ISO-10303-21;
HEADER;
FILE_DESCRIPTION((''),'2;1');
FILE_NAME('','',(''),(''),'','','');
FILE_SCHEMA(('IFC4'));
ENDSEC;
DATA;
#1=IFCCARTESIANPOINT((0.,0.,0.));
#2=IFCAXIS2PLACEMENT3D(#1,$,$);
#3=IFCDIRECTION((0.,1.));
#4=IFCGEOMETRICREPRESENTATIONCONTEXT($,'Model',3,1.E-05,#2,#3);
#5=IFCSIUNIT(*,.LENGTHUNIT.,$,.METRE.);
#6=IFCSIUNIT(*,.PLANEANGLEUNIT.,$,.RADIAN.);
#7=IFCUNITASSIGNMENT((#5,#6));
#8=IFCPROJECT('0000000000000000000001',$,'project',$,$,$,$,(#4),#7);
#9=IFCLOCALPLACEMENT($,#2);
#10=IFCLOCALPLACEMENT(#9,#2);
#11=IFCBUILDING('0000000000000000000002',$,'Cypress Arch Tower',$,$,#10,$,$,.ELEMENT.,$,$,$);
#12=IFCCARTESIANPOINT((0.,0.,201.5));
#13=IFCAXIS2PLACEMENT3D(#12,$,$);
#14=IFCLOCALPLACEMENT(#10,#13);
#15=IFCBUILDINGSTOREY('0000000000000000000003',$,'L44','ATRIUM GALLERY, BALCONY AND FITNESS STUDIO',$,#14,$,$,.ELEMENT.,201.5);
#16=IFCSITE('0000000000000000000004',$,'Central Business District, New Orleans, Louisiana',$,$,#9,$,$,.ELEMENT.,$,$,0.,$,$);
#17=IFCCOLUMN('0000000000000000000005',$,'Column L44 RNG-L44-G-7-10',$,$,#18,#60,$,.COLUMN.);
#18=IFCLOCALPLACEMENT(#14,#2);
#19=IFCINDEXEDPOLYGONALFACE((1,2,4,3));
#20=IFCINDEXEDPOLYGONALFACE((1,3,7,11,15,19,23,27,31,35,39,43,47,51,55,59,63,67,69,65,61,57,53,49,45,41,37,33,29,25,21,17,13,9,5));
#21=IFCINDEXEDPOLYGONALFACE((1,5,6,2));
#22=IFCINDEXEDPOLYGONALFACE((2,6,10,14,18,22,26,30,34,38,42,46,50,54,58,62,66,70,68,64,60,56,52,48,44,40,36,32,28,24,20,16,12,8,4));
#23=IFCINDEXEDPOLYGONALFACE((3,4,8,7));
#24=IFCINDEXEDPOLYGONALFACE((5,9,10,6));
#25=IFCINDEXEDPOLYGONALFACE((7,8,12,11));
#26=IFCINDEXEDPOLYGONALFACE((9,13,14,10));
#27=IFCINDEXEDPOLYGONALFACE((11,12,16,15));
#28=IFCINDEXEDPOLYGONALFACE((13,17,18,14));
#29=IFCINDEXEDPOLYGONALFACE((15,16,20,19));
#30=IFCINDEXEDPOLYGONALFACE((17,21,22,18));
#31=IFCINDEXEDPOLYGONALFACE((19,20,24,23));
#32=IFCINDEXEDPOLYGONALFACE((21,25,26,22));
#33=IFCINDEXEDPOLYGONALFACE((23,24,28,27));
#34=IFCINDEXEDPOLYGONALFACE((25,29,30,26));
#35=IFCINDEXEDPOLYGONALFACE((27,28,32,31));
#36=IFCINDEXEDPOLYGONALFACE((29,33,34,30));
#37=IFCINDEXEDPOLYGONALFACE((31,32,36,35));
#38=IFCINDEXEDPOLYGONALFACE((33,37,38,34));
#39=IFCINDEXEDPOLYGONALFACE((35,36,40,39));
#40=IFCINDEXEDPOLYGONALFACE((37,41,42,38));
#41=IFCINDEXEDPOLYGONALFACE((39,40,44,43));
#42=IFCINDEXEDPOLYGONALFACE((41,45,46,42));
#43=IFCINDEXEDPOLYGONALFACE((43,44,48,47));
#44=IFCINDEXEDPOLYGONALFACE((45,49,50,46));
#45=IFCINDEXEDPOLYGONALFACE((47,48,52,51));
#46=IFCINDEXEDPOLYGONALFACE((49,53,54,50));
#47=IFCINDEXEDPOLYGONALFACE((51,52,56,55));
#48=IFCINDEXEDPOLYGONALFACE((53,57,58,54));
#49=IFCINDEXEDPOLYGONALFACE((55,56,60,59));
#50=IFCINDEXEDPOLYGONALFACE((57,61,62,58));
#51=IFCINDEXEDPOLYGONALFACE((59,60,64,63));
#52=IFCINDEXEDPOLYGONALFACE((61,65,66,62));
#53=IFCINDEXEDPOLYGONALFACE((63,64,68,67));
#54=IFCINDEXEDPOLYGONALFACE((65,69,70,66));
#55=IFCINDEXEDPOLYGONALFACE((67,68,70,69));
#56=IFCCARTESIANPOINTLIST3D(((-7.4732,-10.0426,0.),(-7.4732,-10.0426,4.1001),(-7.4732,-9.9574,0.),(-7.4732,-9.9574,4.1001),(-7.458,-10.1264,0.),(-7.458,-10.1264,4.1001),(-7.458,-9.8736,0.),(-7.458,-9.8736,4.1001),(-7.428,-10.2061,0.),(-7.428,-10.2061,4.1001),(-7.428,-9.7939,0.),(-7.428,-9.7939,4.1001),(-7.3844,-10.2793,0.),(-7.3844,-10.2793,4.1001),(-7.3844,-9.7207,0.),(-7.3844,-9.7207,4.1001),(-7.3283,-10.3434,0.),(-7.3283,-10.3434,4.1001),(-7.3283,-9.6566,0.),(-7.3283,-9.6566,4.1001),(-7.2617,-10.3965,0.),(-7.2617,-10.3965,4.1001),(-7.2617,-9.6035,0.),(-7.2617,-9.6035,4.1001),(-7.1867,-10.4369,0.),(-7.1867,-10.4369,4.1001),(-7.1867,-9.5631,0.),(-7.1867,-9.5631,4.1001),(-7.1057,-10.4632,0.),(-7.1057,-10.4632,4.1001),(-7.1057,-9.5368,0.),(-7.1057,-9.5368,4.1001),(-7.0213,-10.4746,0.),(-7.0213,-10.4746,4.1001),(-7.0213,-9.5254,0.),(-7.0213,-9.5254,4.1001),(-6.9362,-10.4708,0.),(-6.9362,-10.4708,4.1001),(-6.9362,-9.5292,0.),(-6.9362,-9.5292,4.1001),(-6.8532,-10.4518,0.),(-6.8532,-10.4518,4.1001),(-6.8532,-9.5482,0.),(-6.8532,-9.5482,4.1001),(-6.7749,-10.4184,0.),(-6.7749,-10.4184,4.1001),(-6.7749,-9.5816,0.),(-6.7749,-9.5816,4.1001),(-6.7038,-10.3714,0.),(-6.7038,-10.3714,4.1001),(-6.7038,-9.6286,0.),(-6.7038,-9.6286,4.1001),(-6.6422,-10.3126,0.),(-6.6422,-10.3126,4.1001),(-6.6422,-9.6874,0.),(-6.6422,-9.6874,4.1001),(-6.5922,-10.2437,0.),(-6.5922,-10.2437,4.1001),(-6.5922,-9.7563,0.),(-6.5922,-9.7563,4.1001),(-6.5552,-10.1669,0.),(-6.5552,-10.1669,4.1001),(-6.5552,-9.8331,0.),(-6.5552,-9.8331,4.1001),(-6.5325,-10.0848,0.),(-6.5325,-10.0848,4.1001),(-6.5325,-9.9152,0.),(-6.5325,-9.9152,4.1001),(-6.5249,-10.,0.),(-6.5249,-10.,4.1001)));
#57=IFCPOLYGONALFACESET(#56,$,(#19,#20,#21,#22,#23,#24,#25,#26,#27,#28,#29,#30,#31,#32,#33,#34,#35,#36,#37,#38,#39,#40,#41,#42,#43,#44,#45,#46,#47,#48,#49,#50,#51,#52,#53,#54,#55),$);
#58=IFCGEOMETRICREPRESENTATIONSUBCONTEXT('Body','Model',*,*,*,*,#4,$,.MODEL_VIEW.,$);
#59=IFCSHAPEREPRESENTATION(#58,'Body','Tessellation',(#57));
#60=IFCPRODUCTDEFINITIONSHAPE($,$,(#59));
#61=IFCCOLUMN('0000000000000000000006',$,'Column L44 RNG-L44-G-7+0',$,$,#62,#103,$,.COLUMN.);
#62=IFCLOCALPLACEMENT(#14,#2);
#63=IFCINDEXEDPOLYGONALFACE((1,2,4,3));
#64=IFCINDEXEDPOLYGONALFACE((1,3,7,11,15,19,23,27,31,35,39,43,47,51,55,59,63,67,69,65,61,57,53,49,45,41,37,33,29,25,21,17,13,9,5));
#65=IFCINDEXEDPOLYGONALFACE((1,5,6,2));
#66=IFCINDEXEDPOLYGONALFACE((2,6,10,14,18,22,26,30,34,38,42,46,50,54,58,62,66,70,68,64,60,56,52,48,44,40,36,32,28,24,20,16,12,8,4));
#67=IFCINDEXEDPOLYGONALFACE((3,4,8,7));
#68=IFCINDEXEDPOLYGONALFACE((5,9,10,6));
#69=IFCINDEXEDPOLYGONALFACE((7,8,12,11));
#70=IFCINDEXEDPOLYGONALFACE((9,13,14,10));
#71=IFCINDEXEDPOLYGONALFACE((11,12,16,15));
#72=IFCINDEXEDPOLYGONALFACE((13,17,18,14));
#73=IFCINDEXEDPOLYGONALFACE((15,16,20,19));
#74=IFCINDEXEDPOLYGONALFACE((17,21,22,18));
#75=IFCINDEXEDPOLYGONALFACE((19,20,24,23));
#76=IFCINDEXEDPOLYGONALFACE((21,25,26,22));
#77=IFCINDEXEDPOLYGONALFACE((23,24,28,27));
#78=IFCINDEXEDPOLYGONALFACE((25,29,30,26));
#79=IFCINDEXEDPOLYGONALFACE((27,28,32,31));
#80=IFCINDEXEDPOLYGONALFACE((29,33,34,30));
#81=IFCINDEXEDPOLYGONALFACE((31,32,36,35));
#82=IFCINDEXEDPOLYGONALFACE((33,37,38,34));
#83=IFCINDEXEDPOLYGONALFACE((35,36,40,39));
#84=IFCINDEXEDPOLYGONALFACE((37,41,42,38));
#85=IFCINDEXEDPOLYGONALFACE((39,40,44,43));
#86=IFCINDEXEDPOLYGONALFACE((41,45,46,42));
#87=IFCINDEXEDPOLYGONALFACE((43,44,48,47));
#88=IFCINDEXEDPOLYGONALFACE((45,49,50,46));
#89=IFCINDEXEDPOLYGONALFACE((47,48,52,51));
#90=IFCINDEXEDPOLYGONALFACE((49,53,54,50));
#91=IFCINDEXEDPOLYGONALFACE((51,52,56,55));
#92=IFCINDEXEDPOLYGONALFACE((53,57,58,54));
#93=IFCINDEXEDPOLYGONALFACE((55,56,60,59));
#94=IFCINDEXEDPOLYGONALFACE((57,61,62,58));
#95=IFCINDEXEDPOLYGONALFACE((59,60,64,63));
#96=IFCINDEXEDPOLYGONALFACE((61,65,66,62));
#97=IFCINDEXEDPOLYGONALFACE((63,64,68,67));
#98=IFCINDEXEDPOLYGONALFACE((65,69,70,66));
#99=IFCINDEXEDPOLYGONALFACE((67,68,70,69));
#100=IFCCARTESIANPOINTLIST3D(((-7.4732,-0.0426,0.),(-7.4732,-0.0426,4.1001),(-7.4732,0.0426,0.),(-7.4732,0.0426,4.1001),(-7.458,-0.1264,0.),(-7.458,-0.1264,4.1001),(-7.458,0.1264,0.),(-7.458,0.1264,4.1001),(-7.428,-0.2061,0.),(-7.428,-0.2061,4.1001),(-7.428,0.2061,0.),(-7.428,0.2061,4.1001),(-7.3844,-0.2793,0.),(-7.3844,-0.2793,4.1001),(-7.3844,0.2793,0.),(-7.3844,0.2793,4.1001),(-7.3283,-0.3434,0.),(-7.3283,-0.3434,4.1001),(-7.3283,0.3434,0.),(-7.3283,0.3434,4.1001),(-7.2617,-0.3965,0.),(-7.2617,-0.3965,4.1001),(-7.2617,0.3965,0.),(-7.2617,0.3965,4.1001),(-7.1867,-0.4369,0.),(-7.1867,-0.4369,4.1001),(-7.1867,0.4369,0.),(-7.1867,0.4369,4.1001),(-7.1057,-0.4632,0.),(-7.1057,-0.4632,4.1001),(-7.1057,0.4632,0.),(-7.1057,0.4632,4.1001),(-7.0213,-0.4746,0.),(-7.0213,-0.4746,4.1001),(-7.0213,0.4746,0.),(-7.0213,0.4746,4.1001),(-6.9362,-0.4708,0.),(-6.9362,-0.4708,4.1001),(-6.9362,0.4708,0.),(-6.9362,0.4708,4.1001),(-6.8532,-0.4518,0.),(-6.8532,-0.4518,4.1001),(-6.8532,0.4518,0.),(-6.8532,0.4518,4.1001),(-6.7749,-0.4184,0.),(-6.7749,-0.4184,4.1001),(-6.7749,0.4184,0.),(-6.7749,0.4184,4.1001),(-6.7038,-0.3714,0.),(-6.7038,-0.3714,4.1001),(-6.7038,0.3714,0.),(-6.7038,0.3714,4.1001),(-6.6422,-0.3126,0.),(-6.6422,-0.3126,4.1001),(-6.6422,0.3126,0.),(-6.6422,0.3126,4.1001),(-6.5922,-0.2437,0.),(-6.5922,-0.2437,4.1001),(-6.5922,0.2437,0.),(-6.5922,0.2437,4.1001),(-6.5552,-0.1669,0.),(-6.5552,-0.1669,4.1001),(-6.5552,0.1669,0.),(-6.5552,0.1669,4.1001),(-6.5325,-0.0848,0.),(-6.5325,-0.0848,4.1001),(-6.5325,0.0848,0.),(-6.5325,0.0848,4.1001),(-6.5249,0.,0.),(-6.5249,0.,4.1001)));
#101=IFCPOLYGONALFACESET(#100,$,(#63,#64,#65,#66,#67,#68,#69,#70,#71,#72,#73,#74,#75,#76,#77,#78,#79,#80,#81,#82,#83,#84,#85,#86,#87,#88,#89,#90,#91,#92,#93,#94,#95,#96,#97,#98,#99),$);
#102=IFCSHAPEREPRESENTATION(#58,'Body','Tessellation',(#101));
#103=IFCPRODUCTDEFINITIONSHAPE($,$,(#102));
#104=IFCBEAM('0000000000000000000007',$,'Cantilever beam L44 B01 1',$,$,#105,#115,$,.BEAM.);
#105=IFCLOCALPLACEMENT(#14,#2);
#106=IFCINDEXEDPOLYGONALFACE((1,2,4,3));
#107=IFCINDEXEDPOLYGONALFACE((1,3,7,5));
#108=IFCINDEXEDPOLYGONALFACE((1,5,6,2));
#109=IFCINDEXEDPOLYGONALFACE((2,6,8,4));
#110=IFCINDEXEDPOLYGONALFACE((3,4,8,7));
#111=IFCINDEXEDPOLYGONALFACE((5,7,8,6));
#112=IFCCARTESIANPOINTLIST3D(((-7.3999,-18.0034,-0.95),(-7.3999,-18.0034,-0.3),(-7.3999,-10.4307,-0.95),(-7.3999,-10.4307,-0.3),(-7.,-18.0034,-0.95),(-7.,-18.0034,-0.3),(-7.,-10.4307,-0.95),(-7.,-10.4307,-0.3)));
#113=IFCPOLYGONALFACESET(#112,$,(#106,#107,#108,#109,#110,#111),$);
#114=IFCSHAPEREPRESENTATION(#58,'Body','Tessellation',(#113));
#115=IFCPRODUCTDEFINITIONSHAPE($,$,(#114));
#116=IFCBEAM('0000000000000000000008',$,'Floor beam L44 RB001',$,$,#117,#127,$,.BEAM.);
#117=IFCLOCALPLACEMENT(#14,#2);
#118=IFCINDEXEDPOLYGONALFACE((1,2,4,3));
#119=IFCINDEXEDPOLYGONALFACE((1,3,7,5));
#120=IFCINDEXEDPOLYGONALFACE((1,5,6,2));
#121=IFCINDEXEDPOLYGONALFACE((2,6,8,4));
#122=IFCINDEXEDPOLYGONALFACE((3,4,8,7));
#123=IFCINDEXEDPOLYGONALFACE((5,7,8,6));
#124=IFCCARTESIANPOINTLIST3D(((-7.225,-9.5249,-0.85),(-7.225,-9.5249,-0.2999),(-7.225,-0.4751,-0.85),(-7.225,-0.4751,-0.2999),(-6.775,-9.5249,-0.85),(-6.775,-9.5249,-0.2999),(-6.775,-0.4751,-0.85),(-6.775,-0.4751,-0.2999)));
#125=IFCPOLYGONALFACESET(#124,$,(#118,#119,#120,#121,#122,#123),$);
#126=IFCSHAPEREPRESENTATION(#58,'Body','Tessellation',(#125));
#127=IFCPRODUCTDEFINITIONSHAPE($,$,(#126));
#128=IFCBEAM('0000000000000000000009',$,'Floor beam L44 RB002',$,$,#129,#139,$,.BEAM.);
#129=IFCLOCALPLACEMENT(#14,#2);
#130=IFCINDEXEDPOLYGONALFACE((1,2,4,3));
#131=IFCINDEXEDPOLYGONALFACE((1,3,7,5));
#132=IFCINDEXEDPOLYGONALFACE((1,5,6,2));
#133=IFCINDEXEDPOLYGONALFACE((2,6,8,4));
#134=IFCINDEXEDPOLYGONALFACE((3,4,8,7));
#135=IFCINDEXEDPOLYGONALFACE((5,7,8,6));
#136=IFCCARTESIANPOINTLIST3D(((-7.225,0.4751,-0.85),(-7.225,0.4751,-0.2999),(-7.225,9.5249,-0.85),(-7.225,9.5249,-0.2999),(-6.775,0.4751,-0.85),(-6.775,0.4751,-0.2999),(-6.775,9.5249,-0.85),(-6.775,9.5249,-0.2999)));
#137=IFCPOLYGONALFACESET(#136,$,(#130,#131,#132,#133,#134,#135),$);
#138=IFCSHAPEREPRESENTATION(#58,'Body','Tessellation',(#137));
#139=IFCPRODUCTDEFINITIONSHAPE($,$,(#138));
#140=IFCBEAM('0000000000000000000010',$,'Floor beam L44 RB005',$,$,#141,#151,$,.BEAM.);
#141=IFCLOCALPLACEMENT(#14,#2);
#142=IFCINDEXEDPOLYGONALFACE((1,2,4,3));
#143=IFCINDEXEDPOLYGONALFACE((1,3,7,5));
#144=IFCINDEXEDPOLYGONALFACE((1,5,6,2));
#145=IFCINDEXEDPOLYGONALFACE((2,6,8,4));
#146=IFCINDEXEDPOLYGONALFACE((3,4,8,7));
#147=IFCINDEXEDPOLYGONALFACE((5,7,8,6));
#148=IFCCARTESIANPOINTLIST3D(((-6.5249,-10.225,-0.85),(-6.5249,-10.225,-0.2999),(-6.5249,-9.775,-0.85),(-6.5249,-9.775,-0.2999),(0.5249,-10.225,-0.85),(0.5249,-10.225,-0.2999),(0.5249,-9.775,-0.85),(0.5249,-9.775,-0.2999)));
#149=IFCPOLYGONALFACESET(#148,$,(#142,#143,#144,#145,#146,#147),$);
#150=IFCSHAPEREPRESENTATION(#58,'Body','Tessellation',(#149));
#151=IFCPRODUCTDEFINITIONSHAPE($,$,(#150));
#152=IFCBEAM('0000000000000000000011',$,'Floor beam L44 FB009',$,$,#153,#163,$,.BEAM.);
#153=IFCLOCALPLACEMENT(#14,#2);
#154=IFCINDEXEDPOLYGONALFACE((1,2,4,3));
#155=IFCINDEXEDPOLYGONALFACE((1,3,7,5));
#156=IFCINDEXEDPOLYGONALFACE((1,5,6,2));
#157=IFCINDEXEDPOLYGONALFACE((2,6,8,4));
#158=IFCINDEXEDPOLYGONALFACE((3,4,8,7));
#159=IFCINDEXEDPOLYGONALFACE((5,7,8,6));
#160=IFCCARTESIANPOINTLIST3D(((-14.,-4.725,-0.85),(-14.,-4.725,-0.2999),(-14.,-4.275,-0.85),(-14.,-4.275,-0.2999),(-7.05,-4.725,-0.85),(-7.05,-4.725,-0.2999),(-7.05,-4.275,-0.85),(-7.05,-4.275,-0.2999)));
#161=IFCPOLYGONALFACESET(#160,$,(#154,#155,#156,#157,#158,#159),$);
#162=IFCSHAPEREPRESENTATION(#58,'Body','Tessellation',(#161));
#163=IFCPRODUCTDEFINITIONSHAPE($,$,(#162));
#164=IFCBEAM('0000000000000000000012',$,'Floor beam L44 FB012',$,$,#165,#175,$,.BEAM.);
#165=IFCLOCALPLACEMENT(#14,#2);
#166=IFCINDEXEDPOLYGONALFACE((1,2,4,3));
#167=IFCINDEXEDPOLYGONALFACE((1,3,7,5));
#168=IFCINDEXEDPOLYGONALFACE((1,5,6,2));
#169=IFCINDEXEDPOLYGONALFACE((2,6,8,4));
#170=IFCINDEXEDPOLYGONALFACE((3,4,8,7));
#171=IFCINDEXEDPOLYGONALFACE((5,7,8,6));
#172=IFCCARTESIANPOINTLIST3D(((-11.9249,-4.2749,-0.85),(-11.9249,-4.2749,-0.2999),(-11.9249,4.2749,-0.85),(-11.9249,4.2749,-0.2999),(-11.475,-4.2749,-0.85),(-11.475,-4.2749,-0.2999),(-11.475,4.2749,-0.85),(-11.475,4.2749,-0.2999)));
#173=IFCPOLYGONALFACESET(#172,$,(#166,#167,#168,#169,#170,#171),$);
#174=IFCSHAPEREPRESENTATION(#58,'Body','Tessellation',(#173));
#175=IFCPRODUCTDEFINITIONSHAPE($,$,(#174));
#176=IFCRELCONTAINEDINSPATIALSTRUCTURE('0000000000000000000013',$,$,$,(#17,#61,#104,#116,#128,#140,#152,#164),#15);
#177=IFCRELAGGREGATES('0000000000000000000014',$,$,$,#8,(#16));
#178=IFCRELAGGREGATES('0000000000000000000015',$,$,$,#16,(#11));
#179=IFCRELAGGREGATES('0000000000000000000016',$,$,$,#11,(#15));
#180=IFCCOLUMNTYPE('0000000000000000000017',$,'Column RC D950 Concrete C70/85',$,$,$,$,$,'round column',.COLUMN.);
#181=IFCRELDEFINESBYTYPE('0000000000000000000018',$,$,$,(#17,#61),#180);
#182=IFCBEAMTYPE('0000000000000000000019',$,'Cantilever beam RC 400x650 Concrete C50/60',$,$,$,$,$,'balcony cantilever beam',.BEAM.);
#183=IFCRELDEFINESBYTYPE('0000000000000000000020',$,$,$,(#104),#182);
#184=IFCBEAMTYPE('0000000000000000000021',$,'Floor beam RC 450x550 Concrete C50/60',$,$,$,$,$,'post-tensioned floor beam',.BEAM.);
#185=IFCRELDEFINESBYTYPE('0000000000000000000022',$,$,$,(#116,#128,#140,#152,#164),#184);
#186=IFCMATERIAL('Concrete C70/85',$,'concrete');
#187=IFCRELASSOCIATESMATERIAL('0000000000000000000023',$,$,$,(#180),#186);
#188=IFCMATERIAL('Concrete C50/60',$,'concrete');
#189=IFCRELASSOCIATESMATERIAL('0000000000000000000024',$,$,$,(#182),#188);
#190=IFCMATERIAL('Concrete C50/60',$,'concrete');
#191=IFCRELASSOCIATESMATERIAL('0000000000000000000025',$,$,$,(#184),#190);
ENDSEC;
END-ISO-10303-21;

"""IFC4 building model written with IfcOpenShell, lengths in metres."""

from ifc_helpers import new_model, si_unit, direction, frame, origin, origin_2d, place, context, subcontext, project, spatial, rectangle, circle, extrude, material, material_profile, profile_set, type_object, element, save


model = new_model("IFC4")

# Units and contexts
model_context = context("Model", 3, precision=1e-05, world=origin(), true_north=direction((0.0, 1.0)))
body_context = subcontext(model_context, "Body", "Model", "MODEL_VIEW")
ifc_project = project(units=[si_unit("LENGTHUNIT", "METRE"), si_unit("PLANEANGLEUNIT", "RADIAN")], contexts=[model_context])

# Site, building, storey
site_placement = place(None, origin())
site = spatial("IfcSite", under=ifc_project, at=site_placement, Name="Central Business District, New Orleans, Louisiana", CompositionType="ELEMENT", RefElevation=0.0)
building_placement = place(site_placement, origin())
building = spatial("IfcBuilding", under=site, at=building_placement, Name="Cypress Arch Tower", CompositionType="ELEMENT")
storey_placement = place(building_placement, frame((0.0, 0.0, 201.5)))
storey = spatial("IfcBuildingStorey", under=building, at=storey_placement, Name="L44", Description="ATRIUM GALLERY, BALCONY AND FITNESS STUDIO", CompositionType="ELEMENT", Elevation=201.5)

# Columns
ifc_material_1 = material(Name="Concrete C70/85", Category="concrete")
ifc_material_profile_1 = material_profile(ifc_material_1, circle(Radius=0.4751, at=origin_2d()), Name="RC D950")
ifc_profile_set_1 = profile_set([ifc_material_profile_1], Name="Concrete C70/85")
column_type = type_object("IfcColumnType", Name="Column RC D950 Concrete C70/85", ElementType="round column", PredefinedType="COLUMN", material=ifc_profile_set_1)
for number, where, z_axis, x_axis, name in (
    (1, (-7.0, -10.0, 0.0), (0.0, 0.0, 1.0), (1.0, 0.0, 0.0), "Column L44 RNG-L44-G-7-10"),
    (2, (-7.0, 0.0, 0.0), (0.0, 0.0, 1.0), (1.0, 0.0, 0.0), "Column L44 RNG-L44-G-7+0"),
):
    element("IfcColumn", number, at=place(storey_placement, frame(where, z_axis=z_axis, x_axis=x_axis)), inside=storey, type_object=column_type, Name=name, PredefinedType="COLUMN", context=body_context, shape_type="SweptSolid", body=[
        extrude(circle(Radius=0.4751, at=origin_2d()), origin(), (0.0, 0.0, 1.0), 4.1001),
    ])

# Beams
ifc_material_2 = material(Name="Concrete C50/60", Category="concrete")
ifc_material_profile_2 = material_profile(ifc_material_2, rectangle(XDim=0.3999, YDim=0.6499, at=origin_2d()), Name="RC 400x650")
ifc_profile_set_2 = profile_set([ifc_material_profile_2], Name="Concrete C50/60")
beam_type_1 = type_object("IfcBeamType", Name="Cantilever beam RC 400x650 Concrete C50/60", ElementType="balcony cantilever beam", PredefinedType="BEAM", material=ifc_profile_set_2)
beam_1_placement = place(storey_placement, frame((-7.2, -10.4307, -0.625), z_axis=(0.0, -1.0, 0.0), x_axis=(1.0, 0.0, 0.0)))
element("IfcBeam", 3, at=beam_1_placement, inside=storey, type_object=beam_type_1, Name="Cantilever beam L44 B01 1", PredefinedType="BEAM", context=body_context, shape_type="SweptSolid", body=[
    extrude(rectangle(XDim=0.3999, YDim=0.6499, at=origin_2d()), origin(), (0.0, 0.0, 1.0), 7.5728),
])
ifc_material_3 = material(Name="Concrete C50/60", Category="concrete")
ifc_material_profile_3 = material_profile(ifc_material_3, rectangle(XDim=0.45, YDim=0.55, at=origin_2d()), Name="RC 450x550")
ifc_profile_set_3 = profile_set([ifc_material_profile_3], Name="Concrete C50/60")
beam_type_2 = type_object("IfcBeamType", Name="Floor beam RC 450x550 Concrete C50/60", ElementType="post-tensioned floor beam", PredefinedType="BEAM", material=ifc_profile_set_3)
for number, where, z_axis, x_axis, name in (
    (4, (-7.0, -9.5249, -0.575), (0.0, 1.0, 0.0), (-1.0, 0.0, 0.0), "Floor beam L44 RB001"),
    (5, (-7.0, 0.4751, -0.575), (0.0, 1.0, 0.0), (-1.0, 0.0, 0.0), "Floor beam L44 RB002"),
):
    element("IfcBeam", number, at=place(storey_placement, frame(where, z_axis=z_axis, x_axis=x_axis)), inside=storey, type_object=beam_type_2, Name=name, PredefinedType="BEAM", context=body_context, shape_type="SweptSolid", body=[
        extrude(rectangle(XDim=0.45, YDim=0.55, at=origin_2d()), origin(), (0.0, 0.0, 1.0), 9.0498),
    ])
beam_2_placement = place(storey_placement, frame((-6.5249, -10.0, -0.575), z_axis=(1.0, 0.0, 0.0), x_axis=(0.0, 1.0, 0.0)))
element("IfcBeam", 6, at=beam_2_placement, inside=storey, type_object=beam_type_2, Name="Floor beam L44 RB005", PredefinedType="BEAM", context=body_context, shape_type="SweptSolid", body=[
    extrude(rectangle(XDim=0.45, YDim=0.55, at=origin_2d()), origin(), (0.0, 0.0, 1.0), 7.0498),
])
beam_3_placement = place(storey_placement, frame((-14.0, -4.5, -0.575), z_axis=(1.0, 0.0, 0.0), x_axis=(0.0, 1.0, 0.0)))
element("IfcBeam", 7, at=beam_3_placement, inside=storey, type_object=beam_type_2, Name="Floor beam L44 FB009", PredefinedType="BEAM", context=body_context, shape_type="SweptSolid", body=[
    extrude(rectangle(XDim=0.45, YDim=0.55, at=origin_2d()), origin(), (0.0, 0.0, 1.0), 6.95),
])
beam_4_placement = place(storey_placement, frame((-11.7, -4.2749, -0.575), z_axis=(0.0, 1.0, 0.0), x_axis=(-1.0, 0.0, 0.0)))
element("IfcBeam", 8, at=beam_4_placement, inside=storey, type_object=beam_type_2, Name="Floor beam L44 FB012", PredefinedType="BEAM", context=body_context, shape_type="SweptSolid", body=[
    extrude(rectangle(XDim=0.45, YDim=0.55, at=origin_2d()), origin(), (0.0, 0.0, 1.0), 8.5498),
])

save(model, "model.ifc")
